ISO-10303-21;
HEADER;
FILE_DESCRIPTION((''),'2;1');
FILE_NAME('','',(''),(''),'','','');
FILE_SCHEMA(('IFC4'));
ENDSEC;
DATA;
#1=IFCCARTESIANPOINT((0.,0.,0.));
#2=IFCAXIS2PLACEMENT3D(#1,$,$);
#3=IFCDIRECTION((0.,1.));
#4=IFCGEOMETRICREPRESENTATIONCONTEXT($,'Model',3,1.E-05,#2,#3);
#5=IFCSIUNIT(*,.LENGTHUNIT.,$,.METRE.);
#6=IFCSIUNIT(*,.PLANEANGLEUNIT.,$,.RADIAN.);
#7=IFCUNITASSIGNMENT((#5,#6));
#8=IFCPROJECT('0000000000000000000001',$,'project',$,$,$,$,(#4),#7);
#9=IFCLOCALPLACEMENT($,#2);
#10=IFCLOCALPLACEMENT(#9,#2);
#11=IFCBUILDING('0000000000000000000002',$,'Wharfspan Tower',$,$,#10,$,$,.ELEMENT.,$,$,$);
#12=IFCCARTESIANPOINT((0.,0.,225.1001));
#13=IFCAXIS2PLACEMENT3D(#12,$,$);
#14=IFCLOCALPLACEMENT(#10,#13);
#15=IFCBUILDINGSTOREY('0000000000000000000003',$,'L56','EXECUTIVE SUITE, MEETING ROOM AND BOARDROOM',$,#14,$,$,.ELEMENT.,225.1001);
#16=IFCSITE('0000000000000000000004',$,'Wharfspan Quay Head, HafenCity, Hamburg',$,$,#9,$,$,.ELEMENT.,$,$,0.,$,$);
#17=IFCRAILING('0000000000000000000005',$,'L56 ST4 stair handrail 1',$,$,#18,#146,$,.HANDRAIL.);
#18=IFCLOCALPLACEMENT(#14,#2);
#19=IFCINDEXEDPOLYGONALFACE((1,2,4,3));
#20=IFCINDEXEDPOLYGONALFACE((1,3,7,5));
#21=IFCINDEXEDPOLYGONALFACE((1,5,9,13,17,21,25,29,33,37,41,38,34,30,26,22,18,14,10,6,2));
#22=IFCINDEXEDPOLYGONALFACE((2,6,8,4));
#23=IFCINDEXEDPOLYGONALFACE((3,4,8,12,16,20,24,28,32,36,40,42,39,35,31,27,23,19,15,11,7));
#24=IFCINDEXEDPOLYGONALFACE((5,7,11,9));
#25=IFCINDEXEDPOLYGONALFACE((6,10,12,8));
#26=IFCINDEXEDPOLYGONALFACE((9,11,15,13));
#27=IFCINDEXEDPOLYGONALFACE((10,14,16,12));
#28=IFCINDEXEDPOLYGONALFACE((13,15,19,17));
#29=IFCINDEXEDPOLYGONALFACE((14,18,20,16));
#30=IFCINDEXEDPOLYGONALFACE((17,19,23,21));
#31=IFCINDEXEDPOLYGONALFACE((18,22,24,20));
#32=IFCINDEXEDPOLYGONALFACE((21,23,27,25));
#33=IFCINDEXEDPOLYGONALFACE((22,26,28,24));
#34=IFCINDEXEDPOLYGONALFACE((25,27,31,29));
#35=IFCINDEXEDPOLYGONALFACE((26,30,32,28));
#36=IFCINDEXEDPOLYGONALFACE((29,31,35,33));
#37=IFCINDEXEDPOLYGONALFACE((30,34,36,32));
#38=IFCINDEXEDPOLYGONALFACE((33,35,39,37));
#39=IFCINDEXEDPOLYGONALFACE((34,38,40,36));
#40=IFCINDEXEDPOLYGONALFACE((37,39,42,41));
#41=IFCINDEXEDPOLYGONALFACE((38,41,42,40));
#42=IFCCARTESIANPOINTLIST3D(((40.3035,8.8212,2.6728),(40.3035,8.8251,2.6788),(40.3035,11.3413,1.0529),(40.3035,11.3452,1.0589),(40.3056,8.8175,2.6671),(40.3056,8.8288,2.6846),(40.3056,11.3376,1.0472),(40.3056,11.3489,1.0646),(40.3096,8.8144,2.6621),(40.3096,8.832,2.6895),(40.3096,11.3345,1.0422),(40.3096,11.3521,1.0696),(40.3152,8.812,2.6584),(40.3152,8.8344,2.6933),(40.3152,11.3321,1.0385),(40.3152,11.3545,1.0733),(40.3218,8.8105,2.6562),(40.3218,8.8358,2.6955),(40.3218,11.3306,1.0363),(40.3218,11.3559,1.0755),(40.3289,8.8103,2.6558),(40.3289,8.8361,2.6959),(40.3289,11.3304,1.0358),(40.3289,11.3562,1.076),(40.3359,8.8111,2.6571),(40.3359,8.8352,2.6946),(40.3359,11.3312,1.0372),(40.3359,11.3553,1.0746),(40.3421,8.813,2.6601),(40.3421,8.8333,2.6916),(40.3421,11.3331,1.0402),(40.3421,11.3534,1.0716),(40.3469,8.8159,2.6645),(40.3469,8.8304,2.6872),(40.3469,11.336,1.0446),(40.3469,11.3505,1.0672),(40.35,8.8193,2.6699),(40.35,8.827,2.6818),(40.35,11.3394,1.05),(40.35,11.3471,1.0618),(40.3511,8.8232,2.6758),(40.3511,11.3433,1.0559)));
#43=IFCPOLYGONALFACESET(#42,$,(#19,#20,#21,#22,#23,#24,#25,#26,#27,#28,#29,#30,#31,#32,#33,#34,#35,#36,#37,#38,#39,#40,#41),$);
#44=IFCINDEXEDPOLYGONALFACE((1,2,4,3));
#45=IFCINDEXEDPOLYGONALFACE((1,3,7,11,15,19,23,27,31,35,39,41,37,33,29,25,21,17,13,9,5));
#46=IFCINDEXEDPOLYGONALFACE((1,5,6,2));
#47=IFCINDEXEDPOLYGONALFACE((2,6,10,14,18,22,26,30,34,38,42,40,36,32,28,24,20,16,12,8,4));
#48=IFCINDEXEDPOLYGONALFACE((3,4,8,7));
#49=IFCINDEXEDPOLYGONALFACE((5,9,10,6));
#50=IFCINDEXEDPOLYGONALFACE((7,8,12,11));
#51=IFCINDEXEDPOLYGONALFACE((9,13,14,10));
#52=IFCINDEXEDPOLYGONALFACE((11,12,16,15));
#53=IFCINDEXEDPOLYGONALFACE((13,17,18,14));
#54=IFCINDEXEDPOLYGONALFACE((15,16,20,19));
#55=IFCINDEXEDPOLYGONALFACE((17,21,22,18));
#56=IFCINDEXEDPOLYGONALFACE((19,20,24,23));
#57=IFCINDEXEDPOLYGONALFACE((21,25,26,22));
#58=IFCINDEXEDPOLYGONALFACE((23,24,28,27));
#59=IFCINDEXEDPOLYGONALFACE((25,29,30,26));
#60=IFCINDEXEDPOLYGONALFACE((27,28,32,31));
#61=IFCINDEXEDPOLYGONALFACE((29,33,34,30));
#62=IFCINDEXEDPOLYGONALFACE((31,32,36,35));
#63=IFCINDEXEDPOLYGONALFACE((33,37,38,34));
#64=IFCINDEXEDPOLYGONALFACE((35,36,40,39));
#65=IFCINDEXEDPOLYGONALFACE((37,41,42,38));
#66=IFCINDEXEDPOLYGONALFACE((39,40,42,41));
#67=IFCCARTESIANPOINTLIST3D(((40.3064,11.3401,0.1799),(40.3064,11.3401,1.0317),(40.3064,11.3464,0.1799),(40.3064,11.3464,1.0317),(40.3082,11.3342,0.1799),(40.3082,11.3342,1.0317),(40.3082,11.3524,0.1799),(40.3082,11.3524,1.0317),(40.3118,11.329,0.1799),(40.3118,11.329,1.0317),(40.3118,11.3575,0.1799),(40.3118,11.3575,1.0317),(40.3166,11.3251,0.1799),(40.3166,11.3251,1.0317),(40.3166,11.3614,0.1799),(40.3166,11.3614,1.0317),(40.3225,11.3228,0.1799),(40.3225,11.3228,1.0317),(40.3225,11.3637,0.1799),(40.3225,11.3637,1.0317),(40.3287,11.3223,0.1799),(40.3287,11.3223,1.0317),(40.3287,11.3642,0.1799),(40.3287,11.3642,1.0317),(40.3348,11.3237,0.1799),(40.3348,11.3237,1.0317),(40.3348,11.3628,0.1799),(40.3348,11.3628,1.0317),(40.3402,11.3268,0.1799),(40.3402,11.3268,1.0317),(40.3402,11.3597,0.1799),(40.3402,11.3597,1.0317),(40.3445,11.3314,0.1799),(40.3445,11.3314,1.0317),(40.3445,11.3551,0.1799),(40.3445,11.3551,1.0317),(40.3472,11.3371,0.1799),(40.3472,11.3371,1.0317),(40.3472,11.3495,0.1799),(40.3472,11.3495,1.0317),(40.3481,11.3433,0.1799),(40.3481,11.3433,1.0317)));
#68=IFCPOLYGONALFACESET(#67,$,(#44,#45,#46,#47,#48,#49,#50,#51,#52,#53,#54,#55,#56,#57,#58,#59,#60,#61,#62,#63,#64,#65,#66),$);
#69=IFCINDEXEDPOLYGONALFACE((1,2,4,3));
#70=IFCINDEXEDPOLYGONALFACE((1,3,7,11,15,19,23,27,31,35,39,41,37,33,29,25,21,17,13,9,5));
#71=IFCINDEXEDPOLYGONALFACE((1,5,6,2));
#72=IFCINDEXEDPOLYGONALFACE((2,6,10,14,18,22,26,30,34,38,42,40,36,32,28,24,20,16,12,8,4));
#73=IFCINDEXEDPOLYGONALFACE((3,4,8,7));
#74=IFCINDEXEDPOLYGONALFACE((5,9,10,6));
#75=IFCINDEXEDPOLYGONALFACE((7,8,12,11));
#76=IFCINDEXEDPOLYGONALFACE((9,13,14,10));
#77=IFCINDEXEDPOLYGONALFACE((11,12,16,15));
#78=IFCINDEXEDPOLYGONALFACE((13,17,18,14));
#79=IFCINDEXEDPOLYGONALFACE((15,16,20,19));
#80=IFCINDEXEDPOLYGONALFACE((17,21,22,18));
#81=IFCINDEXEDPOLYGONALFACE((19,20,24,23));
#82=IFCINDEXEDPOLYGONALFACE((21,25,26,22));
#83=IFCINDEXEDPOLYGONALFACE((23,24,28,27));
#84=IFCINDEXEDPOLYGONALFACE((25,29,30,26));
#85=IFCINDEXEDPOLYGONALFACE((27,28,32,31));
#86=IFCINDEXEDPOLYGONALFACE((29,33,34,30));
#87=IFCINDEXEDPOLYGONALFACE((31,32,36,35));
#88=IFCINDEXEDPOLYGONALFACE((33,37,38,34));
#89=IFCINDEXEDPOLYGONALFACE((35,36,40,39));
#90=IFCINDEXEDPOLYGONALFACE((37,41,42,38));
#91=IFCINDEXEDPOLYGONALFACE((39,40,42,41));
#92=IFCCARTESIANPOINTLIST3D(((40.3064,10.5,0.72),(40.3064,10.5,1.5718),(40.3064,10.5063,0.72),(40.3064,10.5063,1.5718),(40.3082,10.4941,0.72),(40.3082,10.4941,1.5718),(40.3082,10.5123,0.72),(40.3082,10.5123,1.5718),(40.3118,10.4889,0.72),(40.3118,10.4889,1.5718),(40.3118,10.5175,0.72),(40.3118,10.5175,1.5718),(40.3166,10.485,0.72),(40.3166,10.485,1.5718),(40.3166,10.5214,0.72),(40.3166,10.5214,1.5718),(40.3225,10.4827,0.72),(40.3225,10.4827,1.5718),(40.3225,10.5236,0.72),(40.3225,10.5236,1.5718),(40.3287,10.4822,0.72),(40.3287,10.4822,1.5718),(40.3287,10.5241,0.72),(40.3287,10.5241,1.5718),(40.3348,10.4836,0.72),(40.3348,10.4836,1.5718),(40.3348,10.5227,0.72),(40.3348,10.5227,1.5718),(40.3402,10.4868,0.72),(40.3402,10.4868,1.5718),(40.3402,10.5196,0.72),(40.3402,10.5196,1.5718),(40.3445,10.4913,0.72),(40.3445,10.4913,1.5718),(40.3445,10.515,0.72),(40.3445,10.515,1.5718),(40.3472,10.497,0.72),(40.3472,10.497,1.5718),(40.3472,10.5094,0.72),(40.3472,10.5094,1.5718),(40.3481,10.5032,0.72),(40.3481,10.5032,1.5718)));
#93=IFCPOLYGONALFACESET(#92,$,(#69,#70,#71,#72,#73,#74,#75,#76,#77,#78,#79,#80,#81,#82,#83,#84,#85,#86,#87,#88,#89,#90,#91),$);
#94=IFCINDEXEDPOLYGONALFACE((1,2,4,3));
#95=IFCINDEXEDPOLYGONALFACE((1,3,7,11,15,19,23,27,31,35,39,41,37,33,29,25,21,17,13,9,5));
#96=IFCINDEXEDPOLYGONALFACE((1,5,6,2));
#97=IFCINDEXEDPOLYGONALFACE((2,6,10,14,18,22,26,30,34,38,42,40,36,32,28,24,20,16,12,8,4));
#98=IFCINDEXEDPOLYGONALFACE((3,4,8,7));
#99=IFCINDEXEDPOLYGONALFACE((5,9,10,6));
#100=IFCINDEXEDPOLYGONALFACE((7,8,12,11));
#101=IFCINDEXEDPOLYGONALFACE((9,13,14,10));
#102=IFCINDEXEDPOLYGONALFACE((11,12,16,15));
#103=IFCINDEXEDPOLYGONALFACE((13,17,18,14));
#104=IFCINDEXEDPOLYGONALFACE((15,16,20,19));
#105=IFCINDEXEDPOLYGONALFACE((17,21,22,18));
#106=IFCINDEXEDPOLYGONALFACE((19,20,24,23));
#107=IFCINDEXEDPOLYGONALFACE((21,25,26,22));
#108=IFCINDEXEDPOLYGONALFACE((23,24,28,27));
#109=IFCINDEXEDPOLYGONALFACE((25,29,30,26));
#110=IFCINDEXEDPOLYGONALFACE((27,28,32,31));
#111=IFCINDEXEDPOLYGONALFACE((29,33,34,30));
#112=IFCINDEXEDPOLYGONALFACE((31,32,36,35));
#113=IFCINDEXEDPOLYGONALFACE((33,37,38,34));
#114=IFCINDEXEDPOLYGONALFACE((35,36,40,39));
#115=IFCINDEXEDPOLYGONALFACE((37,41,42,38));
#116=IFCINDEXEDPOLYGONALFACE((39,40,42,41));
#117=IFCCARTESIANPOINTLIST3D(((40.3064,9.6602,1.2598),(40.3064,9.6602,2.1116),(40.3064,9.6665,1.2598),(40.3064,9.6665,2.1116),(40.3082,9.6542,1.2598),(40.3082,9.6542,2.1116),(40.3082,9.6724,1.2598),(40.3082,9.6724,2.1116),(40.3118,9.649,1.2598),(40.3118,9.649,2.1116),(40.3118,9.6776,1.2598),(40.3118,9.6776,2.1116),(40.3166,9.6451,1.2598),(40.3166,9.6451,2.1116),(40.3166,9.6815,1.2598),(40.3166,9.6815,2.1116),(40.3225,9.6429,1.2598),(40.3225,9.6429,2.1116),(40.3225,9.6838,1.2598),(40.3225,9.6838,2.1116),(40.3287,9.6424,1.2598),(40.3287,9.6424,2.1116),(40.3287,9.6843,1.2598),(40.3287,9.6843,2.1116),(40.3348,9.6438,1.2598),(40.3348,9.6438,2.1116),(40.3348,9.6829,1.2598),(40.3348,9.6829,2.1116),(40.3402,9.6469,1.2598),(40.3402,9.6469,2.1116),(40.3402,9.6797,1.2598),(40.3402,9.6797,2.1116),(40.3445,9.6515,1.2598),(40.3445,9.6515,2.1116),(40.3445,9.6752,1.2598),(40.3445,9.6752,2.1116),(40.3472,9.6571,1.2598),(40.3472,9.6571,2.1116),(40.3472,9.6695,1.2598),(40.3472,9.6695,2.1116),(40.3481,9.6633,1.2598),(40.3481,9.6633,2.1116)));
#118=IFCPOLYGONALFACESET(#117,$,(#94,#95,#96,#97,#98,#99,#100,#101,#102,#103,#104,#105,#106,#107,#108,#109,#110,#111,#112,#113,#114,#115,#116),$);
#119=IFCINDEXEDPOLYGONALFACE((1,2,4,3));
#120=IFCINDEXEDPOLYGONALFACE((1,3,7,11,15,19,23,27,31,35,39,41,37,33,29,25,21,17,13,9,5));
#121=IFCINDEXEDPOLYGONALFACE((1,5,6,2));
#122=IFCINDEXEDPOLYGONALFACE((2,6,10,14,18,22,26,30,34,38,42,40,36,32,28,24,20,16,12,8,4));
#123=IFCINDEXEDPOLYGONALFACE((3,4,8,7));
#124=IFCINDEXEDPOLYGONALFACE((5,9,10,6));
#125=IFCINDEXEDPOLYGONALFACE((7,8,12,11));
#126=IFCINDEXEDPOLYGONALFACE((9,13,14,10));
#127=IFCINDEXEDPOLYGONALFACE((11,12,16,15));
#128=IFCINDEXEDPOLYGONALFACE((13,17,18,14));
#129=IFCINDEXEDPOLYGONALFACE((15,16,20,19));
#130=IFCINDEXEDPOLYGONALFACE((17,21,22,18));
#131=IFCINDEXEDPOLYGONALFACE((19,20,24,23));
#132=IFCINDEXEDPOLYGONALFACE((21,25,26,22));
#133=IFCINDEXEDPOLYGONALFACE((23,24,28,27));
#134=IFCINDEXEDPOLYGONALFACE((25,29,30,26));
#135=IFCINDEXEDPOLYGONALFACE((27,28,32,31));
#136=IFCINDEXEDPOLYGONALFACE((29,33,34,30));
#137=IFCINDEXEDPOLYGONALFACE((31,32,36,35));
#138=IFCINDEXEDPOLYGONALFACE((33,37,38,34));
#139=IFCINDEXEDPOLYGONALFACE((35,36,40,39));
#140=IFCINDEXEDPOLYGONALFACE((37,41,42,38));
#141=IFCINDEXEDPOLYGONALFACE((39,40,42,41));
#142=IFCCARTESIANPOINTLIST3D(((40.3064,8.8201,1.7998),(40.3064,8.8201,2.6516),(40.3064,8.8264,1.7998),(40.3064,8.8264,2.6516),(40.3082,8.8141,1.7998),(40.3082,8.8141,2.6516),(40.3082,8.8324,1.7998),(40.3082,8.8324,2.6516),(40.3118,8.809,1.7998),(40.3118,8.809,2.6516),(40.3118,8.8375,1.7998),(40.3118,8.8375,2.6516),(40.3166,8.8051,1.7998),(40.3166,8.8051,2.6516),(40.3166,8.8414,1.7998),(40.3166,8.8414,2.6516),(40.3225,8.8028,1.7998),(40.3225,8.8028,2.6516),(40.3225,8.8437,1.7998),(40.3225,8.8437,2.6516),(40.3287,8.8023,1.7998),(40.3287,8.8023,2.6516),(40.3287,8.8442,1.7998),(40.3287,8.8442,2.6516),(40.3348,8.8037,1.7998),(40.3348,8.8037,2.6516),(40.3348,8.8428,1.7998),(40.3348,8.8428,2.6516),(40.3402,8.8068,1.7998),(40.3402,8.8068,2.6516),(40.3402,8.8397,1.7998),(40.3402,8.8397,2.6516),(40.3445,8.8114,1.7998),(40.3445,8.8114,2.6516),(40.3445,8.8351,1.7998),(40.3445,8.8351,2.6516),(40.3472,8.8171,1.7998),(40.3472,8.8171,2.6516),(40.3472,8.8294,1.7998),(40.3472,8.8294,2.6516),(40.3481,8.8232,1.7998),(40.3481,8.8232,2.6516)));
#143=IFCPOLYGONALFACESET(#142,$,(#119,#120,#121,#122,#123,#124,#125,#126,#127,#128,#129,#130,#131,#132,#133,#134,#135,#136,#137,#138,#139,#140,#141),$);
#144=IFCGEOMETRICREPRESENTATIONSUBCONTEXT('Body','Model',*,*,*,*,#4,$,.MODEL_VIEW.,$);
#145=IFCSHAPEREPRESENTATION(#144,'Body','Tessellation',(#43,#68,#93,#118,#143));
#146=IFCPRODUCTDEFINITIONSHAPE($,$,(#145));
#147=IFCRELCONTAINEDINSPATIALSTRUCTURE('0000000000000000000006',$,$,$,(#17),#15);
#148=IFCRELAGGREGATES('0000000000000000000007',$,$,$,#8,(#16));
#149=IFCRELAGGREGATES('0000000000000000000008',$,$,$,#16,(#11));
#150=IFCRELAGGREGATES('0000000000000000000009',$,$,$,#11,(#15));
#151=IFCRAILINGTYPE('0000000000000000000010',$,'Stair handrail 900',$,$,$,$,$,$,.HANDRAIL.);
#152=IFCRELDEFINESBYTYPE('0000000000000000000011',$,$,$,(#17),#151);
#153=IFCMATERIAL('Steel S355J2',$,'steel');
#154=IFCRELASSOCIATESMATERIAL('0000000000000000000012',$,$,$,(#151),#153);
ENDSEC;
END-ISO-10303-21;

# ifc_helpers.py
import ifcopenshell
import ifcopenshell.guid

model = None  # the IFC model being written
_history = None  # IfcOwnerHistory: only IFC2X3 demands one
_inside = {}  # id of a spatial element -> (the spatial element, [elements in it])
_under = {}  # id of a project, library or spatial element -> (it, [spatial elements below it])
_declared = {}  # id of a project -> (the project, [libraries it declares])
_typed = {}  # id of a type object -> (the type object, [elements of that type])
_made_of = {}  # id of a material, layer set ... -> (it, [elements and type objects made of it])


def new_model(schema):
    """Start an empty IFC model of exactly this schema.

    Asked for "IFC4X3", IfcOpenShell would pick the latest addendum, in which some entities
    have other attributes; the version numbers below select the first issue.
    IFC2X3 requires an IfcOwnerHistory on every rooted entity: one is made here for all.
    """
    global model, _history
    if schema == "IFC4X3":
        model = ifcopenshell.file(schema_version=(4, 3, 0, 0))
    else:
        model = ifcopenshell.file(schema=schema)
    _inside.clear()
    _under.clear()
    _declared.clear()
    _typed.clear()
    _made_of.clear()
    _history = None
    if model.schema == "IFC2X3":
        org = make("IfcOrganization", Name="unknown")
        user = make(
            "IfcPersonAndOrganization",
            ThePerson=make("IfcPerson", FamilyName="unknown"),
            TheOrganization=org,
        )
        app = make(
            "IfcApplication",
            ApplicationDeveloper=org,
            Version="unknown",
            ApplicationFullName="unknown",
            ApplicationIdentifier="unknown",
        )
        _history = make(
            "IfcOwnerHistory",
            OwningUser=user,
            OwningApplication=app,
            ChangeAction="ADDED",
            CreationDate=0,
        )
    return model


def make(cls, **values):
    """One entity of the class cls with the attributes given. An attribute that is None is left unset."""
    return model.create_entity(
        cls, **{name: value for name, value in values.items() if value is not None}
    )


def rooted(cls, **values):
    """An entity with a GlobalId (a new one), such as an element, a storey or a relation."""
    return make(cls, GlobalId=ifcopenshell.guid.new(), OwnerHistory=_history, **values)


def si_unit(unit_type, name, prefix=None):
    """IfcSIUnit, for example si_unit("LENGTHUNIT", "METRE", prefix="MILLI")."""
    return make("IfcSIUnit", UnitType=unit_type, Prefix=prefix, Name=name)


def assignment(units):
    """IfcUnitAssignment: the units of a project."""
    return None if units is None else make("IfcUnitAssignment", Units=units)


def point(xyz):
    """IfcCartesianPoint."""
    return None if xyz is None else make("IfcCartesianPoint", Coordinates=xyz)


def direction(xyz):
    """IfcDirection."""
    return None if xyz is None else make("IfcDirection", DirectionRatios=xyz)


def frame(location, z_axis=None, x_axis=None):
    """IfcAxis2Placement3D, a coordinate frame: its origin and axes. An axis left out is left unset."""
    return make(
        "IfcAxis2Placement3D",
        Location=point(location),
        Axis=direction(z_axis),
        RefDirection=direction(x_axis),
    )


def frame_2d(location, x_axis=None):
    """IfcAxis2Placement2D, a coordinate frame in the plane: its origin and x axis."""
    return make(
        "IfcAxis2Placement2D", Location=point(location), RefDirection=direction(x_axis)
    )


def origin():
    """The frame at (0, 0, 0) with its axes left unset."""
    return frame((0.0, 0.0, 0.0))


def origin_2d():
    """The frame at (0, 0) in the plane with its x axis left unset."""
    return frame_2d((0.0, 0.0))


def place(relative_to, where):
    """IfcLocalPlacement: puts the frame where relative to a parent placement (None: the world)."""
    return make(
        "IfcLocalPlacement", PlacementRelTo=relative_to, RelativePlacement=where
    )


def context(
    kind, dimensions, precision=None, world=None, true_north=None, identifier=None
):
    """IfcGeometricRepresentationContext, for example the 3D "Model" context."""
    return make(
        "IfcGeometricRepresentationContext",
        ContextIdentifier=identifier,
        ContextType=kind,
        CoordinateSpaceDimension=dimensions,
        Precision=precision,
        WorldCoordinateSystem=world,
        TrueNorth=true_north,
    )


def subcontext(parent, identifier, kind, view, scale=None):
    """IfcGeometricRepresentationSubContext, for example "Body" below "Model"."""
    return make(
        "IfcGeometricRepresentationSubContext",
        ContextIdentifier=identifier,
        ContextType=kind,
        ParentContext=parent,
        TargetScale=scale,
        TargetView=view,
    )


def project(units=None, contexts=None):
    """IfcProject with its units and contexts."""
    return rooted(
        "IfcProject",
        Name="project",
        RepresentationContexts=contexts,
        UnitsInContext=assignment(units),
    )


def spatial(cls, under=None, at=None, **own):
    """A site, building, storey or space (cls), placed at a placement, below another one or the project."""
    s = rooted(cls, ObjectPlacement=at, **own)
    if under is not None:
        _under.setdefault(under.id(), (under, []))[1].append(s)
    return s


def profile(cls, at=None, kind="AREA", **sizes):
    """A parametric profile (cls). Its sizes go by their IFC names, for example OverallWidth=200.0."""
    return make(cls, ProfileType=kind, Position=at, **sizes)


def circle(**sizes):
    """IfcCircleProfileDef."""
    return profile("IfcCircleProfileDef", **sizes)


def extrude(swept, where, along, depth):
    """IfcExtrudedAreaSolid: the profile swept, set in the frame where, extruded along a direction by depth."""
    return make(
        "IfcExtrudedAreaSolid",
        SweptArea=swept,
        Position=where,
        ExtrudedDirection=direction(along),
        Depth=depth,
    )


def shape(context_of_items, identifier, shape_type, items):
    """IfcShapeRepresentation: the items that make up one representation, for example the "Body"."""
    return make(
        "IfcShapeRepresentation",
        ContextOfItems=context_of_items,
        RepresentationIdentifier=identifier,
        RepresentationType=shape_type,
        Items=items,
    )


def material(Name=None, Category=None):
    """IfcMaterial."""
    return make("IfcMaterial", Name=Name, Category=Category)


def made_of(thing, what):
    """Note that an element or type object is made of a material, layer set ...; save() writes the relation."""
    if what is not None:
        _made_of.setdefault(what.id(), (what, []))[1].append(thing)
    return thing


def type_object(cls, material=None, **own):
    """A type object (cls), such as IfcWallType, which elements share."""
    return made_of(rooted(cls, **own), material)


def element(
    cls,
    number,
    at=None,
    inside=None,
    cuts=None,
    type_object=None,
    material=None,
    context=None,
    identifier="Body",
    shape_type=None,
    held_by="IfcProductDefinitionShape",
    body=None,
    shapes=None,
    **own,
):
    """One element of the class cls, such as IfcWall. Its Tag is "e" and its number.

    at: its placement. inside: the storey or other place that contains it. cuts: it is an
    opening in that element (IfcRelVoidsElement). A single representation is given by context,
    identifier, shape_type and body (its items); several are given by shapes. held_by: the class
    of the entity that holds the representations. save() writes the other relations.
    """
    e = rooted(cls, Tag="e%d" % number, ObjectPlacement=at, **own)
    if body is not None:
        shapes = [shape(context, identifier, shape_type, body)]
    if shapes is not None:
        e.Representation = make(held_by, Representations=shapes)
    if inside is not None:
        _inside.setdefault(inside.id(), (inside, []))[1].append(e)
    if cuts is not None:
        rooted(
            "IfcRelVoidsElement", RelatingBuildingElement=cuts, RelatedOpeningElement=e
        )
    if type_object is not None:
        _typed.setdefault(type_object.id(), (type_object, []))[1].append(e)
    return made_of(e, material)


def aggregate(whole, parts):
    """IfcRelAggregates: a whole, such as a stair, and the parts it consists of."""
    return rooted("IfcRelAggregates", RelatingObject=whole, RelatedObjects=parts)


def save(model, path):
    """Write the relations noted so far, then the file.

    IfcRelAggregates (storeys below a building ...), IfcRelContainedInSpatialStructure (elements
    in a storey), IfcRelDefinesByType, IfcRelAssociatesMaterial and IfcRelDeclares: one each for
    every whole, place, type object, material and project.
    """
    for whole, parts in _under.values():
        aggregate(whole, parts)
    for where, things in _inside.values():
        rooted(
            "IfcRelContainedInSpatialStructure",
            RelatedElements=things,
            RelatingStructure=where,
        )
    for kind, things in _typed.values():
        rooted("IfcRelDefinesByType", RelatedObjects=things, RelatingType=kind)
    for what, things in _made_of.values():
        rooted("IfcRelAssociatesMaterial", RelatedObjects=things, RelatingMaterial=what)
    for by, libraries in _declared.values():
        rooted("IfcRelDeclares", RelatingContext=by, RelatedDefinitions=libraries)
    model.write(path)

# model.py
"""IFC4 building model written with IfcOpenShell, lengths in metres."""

from ifc_helpers import new_model, si_unit, direction, frame, origin, origin_2d, place, context, subcontext, project, spatial, circle, extrude, material, type_object, element, save


model = new_model("IFC4")

# Units and contexts
model_context = context("Model", 3, precision=1e-05, world=origin(), true_north=direction((0.0, 1.0)))
body_context = subcontext(model_context, "Body", "Model", "MODEL_VIEW")
ifc_project = project(units=[si_unit("LENGTHUNIT", "METRE"), si_unit("PLANEANGLEUNIT", "RADIAN")], contexts=[model_context])

# Site, building, storey
site_placement = place(None, origin())
site = spatial("IfcSite", under=ifc_project, at=site_placement, Name="Wharfspan Quay Head, HafenCity, Hamburg", CompositionType="ELEMENT", RefElevation=0.0)
building_placement = place(site_placement, origin())
building = spatial("IfcBuilding", under=site, at=building_placement, Name="Wharfspan Tower", CompositionType="ELEMENT")
storey_placement = place(building_placement, frame((0.0, 0.0, 225.1001)))
storey = spatial("IfcBuildingStorey", under=building, at=storey_placement, Name="L56", Description="EXECUTIVE SUITE, MEETING ROOM AND BOARDROOM", CompositionType="ELEMENT", Elevation=225.1001)

# Shared definitions
ifc_material_1 = material(Name="Steel S355J2", Category="steel")

# Railing
railing_type = type_object("IfcRailingType", Name="Stair handrail 900", PredefinedType="HANDRAIL", material=ifc_material_1)
railing_placement = place(storey_placement, frame((40.3271, 11.3433, 0.1799)))
element("IfcRailing", 1, at=railing_placement, inside=storey, type_object=railing_type, Name="L56 ST4 stair handrail 1", PredefinedType="HANDRAIL", context=body_context, shape_type="SweptSolid", body=[
    extrude(circle(Radius=0.0239, at=origin_2d()), frame((0.0, 0.0, 0.876), z_axis=(0.0, -0.8412, 0.540725), x_axis=(1.0, 0.0, 0.0)), (0.0, 0.0, 1.0), 2.9958),
    extrude(circle(Radius=0.021, at=origin_2d()), origin(), (0.0, 0.0, 1.0), 0.8518),
    extrude(circle(Radius=0.021, at=origin_2d()), frame((0.0, -0.8401, 0.54)), (0.0, 0.0, 1.0), 0.8518),
    extrude(circle(Radius=0.021, at=origin_2d()), frame((0.0, -1.6799, 1.0798)), (0.0, 0.0, 1.0), 0.8518),
    extrude(circle(Radius=0.021, at=origin_2d()), frame((0.0, -2.52, 1.6199)), (0.0, 0.0, 1.0), 0.8518),
])

save(model, "model.ifc")
